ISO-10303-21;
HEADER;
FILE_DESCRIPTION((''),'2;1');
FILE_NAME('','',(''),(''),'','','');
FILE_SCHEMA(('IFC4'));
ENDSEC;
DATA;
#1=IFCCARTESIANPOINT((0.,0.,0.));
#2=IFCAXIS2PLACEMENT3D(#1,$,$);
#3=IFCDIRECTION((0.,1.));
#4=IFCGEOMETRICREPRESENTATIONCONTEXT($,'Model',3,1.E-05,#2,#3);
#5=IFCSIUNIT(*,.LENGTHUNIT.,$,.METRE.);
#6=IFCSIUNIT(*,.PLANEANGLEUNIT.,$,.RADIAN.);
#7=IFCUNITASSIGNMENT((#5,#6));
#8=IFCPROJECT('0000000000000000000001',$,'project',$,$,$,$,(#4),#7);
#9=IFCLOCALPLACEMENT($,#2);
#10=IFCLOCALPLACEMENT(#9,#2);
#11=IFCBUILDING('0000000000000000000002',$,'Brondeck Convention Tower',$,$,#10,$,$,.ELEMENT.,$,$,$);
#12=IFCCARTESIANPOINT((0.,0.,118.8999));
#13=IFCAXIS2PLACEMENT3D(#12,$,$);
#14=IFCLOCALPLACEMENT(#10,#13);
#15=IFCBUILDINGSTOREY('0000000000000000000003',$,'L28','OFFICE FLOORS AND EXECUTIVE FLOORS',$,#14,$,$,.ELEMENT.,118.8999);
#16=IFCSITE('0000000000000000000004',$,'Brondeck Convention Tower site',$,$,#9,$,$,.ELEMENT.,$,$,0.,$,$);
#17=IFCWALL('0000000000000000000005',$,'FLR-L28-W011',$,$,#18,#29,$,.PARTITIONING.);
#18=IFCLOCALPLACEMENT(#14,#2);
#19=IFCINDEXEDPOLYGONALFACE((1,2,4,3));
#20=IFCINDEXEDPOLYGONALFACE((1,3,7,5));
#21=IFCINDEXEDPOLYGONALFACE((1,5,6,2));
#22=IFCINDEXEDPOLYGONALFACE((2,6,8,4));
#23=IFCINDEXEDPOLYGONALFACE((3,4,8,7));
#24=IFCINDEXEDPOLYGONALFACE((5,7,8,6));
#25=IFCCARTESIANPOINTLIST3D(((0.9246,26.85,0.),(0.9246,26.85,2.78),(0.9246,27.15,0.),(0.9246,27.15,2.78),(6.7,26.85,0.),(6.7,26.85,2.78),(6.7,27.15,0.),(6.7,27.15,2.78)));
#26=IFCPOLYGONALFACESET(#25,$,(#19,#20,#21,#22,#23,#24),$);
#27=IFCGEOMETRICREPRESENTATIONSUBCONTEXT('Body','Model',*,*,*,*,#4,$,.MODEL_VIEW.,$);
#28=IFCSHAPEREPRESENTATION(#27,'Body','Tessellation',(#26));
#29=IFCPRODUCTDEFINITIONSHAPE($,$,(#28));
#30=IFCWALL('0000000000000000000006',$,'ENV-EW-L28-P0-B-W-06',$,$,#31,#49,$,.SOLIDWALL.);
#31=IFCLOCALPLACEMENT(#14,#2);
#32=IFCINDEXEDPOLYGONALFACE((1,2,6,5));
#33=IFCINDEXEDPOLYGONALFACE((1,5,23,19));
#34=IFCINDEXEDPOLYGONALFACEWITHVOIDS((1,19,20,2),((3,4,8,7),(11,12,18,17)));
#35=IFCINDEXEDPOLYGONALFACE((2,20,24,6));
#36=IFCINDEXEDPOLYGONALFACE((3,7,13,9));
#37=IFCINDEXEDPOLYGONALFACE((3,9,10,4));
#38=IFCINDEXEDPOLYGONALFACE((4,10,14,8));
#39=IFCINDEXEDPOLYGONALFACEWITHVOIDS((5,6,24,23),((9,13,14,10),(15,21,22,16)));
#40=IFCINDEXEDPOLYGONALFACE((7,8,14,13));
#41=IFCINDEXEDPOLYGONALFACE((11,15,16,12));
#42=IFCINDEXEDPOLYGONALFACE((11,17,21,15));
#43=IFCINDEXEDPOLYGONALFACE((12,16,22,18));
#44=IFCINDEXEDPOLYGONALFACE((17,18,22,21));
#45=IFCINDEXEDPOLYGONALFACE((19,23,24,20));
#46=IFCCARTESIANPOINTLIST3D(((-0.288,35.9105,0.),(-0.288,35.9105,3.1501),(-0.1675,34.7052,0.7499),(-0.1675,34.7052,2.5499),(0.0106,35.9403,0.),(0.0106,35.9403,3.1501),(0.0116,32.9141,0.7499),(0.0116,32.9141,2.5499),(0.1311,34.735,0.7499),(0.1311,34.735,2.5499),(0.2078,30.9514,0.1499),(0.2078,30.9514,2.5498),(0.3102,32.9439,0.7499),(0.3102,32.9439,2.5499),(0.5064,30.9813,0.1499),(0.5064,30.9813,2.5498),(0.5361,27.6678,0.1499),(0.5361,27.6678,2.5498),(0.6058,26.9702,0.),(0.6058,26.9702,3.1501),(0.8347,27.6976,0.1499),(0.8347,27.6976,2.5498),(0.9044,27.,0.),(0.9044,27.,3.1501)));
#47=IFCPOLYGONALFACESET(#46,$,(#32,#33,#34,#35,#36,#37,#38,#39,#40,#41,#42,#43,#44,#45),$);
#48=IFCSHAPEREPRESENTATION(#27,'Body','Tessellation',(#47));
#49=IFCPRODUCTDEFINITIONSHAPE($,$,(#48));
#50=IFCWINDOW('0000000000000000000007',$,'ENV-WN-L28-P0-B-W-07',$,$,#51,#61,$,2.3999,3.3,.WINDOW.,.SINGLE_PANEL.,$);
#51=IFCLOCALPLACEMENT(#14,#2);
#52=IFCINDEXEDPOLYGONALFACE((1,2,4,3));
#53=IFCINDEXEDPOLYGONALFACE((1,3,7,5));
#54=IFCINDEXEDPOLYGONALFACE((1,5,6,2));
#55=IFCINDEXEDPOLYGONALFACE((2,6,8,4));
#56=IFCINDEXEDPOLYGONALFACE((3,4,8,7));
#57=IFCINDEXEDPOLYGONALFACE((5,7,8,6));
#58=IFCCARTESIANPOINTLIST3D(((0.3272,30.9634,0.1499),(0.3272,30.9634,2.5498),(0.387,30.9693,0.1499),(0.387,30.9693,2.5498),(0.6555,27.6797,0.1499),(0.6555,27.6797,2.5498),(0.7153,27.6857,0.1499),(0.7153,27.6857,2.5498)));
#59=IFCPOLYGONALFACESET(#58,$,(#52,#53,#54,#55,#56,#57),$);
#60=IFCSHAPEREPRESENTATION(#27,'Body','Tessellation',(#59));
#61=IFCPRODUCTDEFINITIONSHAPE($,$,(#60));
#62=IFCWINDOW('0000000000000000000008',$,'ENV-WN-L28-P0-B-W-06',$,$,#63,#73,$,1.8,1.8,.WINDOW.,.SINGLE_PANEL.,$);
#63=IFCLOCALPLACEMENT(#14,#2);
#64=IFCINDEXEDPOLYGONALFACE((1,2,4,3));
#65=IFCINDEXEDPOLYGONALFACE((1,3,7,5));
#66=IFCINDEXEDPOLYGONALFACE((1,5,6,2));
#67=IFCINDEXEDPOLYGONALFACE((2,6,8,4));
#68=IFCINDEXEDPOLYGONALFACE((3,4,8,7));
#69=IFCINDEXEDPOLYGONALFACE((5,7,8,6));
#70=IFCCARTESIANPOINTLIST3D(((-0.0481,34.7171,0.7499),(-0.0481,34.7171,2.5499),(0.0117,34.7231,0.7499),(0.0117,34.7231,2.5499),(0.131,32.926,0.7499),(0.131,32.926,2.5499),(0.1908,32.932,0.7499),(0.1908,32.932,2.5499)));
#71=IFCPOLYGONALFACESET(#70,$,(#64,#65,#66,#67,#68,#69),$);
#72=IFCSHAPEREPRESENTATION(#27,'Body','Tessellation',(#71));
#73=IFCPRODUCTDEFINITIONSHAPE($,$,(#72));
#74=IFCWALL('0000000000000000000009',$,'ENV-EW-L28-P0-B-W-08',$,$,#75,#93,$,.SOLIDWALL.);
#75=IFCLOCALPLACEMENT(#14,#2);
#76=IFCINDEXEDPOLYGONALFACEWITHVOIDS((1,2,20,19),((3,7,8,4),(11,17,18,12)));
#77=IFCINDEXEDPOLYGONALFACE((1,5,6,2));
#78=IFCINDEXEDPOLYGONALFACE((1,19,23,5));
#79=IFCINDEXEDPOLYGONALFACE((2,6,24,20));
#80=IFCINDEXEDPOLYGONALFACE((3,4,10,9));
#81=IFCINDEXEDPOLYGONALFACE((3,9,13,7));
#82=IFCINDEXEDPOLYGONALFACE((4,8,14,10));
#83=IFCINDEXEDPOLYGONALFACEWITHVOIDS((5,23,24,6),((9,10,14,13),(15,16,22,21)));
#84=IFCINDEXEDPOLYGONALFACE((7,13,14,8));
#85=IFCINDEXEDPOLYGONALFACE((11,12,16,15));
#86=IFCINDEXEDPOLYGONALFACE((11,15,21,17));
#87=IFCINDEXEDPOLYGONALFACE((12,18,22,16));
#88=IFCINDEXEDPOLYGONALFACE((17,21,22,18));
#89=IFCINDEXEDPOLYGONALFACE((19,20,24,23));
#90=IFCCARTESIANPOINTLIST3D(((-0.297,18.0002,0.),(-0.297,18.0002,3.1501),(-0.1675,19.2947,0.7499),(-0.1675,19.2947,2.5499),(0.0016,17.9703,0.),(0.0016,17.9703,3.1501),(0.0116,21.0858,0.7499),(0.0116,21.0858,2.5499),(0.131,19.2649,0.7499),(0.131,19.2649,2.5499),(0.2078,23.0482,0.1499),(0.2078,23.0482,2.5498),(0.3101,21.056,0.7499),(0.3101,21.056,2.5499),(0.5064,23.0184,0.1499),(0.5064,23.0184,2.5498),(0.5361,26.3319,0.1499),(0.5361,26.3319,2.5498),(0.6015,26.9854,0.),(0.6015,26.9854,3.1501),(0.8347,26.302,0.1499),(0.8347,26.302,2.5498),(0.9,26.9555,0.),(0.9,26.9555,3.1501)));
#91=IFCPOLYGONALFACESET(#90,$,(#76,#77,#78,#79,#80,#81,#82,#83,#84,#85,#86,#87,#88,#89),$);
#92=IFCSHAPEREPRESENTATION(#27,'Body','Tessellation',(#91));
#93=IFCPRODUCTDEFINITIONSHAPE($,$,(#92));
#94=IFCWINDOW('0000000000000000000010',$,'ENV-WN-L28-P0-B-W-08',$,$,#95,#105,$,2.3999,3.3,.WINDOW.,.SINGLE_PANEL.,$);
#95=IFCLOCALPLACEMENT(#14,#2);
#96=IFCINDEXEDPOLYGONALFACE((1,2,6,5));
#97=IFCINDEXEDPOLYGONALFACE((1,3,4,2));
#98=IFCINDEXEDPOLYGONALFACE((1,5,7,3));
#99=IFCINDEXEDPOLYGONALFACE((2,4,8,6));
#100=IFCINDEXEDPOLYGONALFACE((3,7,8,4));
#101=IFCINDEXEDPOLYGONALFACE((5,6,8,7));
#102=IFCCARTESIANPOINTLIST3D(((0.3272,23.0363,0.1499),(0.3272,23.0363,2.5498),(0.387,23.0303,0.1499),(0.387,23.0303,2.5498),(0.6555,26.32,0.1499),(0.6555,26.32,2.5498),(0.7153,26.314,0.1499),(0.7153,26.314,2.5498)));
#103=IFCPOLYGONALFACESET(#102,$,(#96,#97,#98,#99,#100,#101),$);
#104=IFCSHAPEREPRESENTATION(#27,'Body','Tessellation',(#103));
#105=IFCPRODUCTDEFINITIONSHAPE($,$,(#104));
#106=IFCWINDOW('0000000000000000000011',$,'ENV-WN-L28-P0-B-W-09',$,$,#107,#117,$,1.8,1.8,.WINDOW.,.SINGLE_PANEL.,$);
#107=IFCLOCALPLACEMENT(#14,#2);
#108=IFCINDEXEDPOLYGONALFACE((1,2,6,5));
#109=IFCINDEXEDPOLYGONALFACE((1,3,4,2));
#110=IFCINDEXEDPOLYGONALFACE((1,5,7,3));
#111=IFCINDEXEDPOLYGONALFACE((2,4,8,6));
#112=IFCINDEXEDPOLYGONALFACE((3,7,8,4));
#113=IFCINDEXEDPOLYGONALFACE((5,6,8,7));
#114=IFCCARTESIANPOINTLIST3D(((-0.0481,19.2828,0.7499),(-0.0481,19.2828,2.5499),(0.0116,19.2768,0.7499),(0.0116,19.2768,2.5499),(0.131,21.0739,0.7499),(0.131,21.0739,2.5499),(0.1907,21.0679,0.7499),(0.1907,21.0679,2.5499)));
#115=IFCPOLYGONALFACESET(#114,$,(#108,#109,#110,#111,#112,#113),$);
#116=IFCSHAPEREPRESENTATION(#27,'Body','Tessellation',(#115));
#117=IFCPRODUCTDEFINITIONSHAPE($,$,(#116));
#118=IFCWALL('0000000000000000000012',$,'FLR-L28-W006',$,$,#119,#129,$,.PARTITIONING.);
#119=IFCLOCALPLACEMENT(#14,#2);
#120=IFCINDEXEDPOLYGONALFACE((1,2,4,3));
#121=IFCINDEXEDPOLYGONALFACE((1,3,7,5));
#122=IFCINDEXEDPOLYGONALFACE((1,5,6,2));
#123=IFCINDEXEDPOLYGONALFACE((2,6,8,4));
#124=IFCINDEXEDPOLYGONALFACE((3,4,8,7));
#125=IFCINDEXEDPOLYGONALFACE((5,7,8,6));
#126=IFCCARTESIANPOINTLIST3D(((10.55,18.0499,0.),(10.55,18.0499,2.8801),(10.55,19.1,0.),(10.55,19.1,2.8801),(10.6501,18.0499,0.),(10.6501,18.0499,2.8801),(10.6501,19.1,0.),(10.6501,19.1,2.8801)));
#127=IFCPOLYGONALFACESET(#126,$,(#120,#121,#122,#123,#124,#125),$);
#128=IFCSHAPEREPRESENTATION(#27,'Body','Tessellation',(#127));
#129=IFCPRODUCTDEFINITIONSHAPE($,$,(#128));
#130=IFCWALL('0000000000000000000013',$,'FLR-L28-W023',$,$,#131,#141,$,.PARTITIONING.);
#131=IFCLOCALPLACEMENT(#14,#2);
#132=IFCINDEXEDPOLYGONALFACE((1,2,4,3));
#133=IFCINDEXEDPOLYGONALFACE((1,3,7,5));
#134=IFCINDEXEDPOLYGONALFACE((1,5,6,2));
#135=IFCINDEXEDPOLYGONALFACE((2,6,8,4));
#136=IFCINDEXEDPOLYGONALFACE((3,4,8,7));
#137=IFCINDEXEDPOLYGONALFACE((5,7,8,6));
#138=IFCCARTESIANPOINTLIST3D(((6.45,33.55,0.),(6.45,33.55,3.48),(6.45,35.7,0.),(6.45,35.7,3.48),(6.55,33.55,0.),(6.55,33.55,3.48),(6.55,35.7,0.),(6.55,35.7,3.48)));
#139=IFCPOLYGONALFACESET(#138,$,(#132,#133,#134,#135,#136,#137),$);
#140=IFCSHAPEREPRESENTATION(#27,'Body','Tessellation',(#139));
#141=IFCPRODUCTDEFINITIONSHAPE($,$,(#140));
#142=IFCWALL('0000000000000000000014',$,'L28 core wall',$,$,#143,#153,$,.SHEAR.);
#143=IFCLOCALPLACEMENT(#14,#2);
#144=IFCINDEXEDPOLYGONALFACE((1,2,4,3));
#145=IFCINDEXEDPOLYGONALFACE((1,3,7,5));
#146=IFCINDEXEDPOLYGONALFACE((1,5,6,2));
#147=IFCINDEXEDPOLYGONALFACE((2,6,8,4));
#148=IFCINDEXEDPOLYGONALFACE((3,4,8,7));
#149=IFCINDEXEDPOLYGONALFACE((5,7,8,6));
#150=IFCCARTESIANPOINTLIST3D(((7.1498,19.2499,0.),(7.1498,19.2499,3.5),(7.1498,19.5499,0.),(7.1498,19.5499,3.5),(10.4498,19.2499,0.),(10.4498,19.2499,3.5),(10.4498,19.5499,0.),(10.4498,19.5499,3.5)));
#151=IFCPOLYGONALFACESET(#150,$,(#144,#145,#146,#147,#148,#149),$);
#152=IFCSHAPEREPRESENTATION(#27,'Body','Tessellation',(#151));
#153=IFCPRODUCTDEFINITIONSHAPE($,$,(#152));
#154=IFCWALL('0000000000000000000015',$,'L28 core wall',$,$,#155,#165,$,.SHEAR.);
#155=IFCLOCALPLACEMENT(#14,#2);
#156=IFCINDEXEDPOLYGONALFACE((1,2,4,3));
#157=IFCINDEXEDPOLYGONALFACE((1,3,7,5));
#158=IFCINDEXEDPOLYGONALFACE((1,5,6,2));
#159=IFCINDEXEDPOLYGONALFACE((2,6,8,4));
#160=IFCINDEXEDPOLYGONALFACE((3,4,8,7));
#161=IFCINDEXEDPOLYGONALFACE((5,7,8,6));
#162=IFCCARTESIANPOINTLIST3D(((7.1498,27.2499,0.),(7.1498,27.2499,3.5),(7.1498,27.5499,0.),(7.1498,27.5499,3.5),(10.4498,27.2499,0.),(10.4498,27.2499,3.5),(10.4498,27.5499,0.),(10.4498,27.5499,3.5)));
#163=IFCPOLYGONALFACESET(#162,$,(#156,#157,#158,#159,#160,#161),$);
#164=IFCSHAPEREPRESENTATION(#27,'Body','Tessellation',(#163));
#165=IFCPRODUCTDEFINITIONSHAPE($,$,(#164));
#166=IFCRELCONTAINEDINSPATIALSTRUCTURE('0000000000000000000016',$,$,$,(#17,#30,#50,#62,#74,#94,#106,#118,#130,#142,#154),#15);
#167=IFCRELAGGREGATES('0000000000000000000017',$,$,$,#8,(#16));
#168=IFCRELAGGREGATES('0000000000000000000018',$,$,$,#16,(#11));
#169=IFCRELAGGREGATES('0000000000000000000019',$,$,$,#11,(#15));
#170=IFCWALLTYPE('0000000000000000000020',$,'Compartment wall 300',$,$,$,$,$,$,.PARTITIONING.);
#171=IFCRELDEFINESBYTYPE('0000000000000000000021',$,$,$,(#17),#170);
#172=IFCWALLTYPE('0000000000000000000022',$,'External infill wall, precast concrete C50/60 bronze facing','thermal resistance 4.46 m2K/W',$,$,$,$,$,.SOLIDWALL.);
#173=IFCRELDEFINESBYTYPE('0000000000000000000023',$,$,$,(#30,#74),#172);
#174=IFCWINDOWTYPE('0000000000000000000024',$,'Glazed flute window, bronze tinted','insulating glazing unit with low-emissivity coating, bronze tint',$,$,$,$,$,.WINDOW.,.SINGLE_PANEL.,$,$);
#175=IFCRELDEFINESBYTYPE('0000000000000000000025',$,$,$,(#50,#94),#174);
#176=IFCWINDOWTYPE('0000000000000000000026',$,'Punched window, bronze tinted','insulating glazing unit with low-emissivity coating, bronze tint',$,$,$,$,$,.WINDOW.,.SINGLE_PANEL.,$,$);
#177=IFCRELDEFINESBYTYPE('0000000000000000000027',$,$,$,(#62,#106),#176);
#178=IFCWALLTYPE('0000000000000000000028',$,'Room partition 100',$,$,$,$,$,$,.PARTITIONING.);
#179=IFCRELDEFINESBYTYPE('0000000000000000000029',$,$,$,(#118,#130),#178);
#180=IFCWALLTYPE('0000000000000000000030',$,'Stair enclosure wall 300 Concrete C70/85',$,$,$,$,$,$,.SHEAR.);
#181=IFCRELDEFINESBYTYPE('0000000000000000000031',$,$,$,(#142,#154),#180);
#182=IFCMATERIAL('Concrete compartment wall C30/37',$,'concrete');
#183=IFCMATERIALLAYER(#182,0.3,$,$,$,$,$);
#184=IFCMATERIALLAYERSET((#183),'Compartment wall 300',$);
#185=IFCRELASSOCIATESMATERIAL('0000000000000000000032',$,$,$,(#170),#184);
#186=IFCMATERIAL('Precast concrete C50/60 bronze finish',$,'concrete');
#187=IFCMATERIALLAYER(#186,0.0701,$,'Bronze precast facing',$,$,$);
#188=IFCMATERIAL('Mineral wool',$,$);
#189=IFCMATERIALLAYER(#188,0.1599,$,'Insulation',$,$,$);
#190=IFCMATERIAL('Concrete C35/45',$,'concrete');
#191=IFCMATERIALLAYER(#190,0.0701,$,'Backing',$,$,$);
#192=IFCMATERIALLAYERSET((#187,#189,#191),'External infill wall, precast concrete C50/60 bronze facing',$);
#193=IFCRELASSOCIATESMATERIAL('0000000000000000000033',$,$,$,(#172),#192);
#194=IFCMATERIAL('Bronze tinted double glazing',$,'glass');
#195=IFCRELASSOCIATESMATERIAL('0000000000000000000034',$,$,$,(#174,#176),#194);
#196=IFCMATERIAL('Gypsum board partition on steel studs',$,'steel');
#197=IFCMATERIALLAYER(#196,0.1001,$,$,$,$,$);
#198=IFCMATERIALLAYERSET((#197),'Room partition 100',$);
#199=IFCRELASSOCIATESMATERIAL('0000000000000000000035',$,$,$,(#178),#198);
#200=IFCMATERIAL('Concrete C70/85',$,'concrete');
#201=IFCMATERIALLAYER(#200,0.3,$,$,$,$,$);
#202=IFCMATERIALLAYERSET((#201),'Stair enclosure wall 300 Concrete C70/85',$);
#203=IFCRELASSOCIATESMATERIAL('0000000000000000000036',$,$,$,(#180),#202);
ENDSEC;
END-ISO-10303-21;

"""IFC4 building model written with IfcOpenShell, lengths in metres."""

from ifc_helpers import new_model, si_unit, direction, frame, frame_2d, origin, place, context, subcontext, project, spatial, rectangle, extrude, material, layer, layer_set, type_object, element, fill, save


model = new_model("IFC4")

# Units and contexts
model_context = context("Model", 3, precision=1e-05, world=origin(), true_north=direction((0.0, 1.0)))
body_context = subcontext(model_context, "Body", "Model", "MODEL_VIEW")
ifc_project = project(units=[si_unit("LENGTHUNIT", "METRE"), si_unit("PLANEANGLEUNIT", "RADIAN")], contexts=[model_context])

# Site, building, storey
site_placement = place(None, origin())
site = spatial("IfcSite", under=ifc_project, at=site_placement, Name="Brondeck Convention Tower site", CompositionType="ELEMENT", RefElevation=0.0)
building_placement = place(site_placement, origin())
building = spatial("IfcBuilding", under=site, at=building_placement, Name="Brondeck Convention Tower", CompositionType="ELEMENT")
storey_placement = place(building_placement, frame((0.0, 0.0, 118.8999)))
storey = spatial("IfcBuildingStorey", under=building, at=storey_placement, Name="L28", Description="OFFICE FLOORS AND EXECUTIVE FLOORS", CompositionType="ELEMENT", Elevation=118.8999)

# Shared definitions
ifc_material_1 = material(Name="Concrete C70/85", Category="concrete")

# Wall
ifc_material_2 = material(Name="Concrete compartment wall C30/37", Category="concrete")
ifc_layer_1 = layer(ifc_material_2, 0.3)
ifc_layer_set_1 = layer_set([ifc_layer_1], Name="Compartment wall 300")
wall_type_1 = type_object("IfcWallType", Name="Compartment wall 300", PredefinedType="PARTITIONING", material=ifc_layer_set_1)
wall_1_placement = place(storey_placement, frame((0.9246, 27.0, 0.0), z_axis=(0.0, 0.0, 1.0), x_axis=(1.0, 0.0, 0.0)))
element("IfcWall", 1, at=wall_1_placement, inside=storey, type_object=wall_type_1, Name="FLR-L28-W011", PredefinedType="PARTITIONING", context=body_context, shape_type="SweptSolid", body=[
    extrude(rectangle(XDim=5.7754, YDim=0.3, at=frame_2d((2.8877, 0.0))), origin(), (0.0, 0.0, 1.0), 2.78),
])

# Walls, openings, windows
ifc_material_3 = material(Name="Precast concrete C50/60 bronze finish", Category="concrete")
ifc_layer_2 = layer(ifc_material_3, 0.0701, Name="Bronze precast facing")
ifc_material_4 = material(Name="Mineral wool")
ifc_layer_3 = layer(ifc_material_4, 0.1599, Name="Insulation")
ifc_material_5 = material(Name="Concrete C35/45", Category="concrete")
ifc_layer_4 = layer(ifc_material_5, 0.0701, Name="Backing")
ifc_layer_set_2 = layer_set([ifc_layer_2, ifc_layer_3, ifc_layer_4], Name="External infill wall, precast concrete C50/60 bronze facing")
wall_type_2 = type_object("IfcWallType", Name="External infill wall, precast concrete C50/60 bronze facing", Description="thermal resistance 4.46 m2K/W", PredefinedType="SOLIDWALL", material=ifc_layer_set_2)
wall_2_placement = place(storey_placement, frame((0.7551, 26.9851, 0.0), z_axis=(0.0, 0.0, 1.0), x_axis=(-0.09948, 0.99504, 0.0)))
wall_2 = element("IfcWall", 2, at=wall_2_placement, inside=storey, type_object=wall_type_2, Name="ENV-EW-L28-P0-B-W-06", PredefinedType="SOLIDWALL", context=body_context, shape_type="SweptSolid", body=[
    extrude(rectangle(XDim=8.9849, YDim=0.3, at=frame_2d((4.4924, 0.0))), origin(), (0.0, 0.0, 1.0), 3.1501),
])
opening_1_placement = place(wall_2_placement, frame((0.7012, 0.0, 0.1499)))
opening_1 = element("IfcOpeningElement", 3, at=opening_1_placement, cuts=wall_2, PredefinedType="OPENING", context=body_context, shape_type="SweptSolid", body=[
    extrude(rectangle(XDim=3.3, YDim=2.3999, at=frame_2d((1.6499, 1.2))), frame((0.0, 0.1599, 0.0), z_axis=(0.0, -1.0, 0.0), x_axis=(1.0, 0.0, 0.0)), (0.0, 0.0, 1.0), 0.3201),
])
opening_2_placement = place(wall_2_placement, frame((5.9736, 0.0, 0.75)))
opening_2 = element("IfcOpeningElement", 4, at=opening_2_placement, cuts=wall_2, PredefinedType="OPENING", context=body_context, shape_type="SweptSolid", body=[
    extrude(rectangle(XDim=1.8, YDim=1.8, at=frame_2d((0.8999, 0.8999))), frame((0.0, 0.1599, 0.0), z_axis=(0.0, -1.0, 0.0), x_axis=(1.0, 0.0, 0.0)), (0.0, 0.0, 1.0), 0.3201),
])
ifc_material_6 = material(Name="Bronze tinted double glazing", Category="glass")
window_type_1 = type_object("IfcWindowType", Name="Glazed flute window, bronze tinted", Description="insulating glazing unit with low-emissivity coating, bronze tint", PartitioningType="SINGLE_PANEL", PredefinedType="WINDOW", material=ifc_material_6)
window_1_placement = place(opening_1_placement, origin())
window_1 = element("IfcWindow", 5, at=window_1_placement, inside=storey, type_object=window_type_1, Name="ENV-WN-L28-P0-B-W-07", OverallHeight=2.3999, OverallWidth=3.3, PartitioningType="SINGLE_PANEL", PredefinedType="WINDOW", context=body_context, shape_type="SweptSolid", body=[
    extrude(rectangle(XDim=3.3, YDim=2.3999, at=frame_2d((1.6499, 1.2))), frame((0.0, 0.03, 0.0), z_axis=(0.0, -1.0, 0.0), x_axis=(1.0, 0.0, 0.0)), (0.0, 0.0, 1.0), 0.0601),
])
fill(opening_1, window_1)
window_type_2 = type_object("IfcWindowType", Name="Punched window, bronze tinted", Description="insulating glazing unit with low-emissivity coating, bronze tint", PartitioningType="SINGLE_PANEL", PredefinedType="WINDOW", material=ifc_material_6)
window_2_placement = place(opening_2_placement, origin())
window_2 = element("IfcWindow", 6, at=window_2_placement, inside=storey, type_object=window_type_2, Name="ENV-WN-L28-P0-B-W-06", OverallHeight=1.8, OverallWidth=1.8, PartitioningType="SINGLE_PANEL", PredefinedType="WINDOW", context=body_context, shape_type="SweptSolid", body=[
    extrude(rectangle(XDim=1.8, YDim=1.8, at=frame_2d((0.8999, 0.8999))), frame((0.0, 0.03, 0.0), z_axis=(0.0, -1.0, 0.0), x_axis=(1.0, 0.0, 0.0)), (0.0, 0.0, 1.0), 0.0601),
])
fill(opening_2, window_2)
wall_3_placement = place(storey_placement, frame((-0.1477, 17.9851, 0.0), z_axis=(0.0, 0.0, 1.0), x_axis=(0.099496, 0.995038, 0.0)))
wall_3 = element("IfcWall", 7, at=wall_3_placement, inside=storey, type_object=wall_type_2, Name="ENV-EW-L28-P0-B-W-08", PredefinedType="SOLIDWALL", context=body_context, shape_type="SweptSolid", body=[
    extrude(rectangle(XDim=9.03, YDim=0.3, at=frame_2d((4.5151, 0.0))), origin(), (0.0, 0.0, 1.0), 3.1501),
])
opening_3_placement = place(wall_3_placement, frame((1.3013, 0.0, 0.75)))
opening_3 = element("IfcOpeningElement", 8, at=opening_3_placement, cuts=wall_3, PredefinedType="OPENING", context=body_context, shape_type="SweptSolid", body=[
    extrude(rectangle(XDim=1.8, YDim=1.8, at=frame_2d((0.8999, 0.8999))), frame((0.0, 0.1599, 0.0), z_axis=(0.0, -1.0, 0.0), x_axis=(1.0, 0.0, 0.0)), (0.0, 0.0, 1.0), 0.3201),
])
opening_4_placement = place(wall_3_placement, frame((5.0735, 0.0, 0.1499)))
opening_4 = element("IfcOpeningElement", 9, at=opening_4_placement, cuts=wall_3, PredefinedType="OPENING", context=body_context, shape_type="SweptSolid", body=[
    extrude(rectangle(XDim=3.3, YDim=2.3999, at=frame_2d((1.6499, 1.2))), frame((0.0, 0.1599, 0.0), z_axis=(0.0, -1.0, 0.0), x_axis=(1.0, 0.0, 0.0)), (0.0, 0.0, 1.0), 0.3201),
])
window_3_placement = place(opening_4_placement, origin())
window_3 = element("IfcWindow", 10, at=window_3_placement, inside=storey, type_object=window_type_1, Name="ENV-WN-L28-P0-B-W-08", OverallHeight=2.3999, OverallWidth=3.3, PartitioningType="SINGLE_PANEL", PredefinedType="WINDOW", context=body_context, shape_type="SweptSolid", body=[
    extrude(rectangle(XDim=3.3, YDim=2.3999, at=frame_2d((1.6499, 1.2))), frame((0.0, 0.03, 0.0), z_axis=(0.0, -1.0, 0.0), x_axis=(1.0, 0.0, 0.0)), (0.0, 0.0, 1.0), 0.0601),
])
fill(opening_4, window_3)
window_4_placement = place(opening_3_placement, origin())
window_4 = element("IfcWindow", 11, at=window_4_placement, inside=storey, type_object=window_type_2, Name="ENV-WN-L28-P0-B-W-09", OverallHeight=1.8, OverallWidth=1.8, PartitioningType="SINGLE_PANEL", PredefinedType="WINDOW", context=body_context, shape_type="SweptSolid", body=[
    extrude(rectangle(XDim=1.8, YDim=1.8, at=frame_2d((0.8999, 0.8999))), frame((0.0, 0.03, 0.0), z_axis=(0.0, -1.0, 0.0), x_axis=(1.0, 0.0, 0.0)), (0.0, 0.0, 1.0), 0.0601),
])
fill(opening_3, window_4)

# Walls
ifc_material_7 = material(Name="Gypsum board partition on steel studs", Category="steel")
ifc_layer_5 = layer(ifc_material_7, 0.1001)
ifc_layer_set_3 = layer_set([ifc_layer_5], Name="Room partition 100")
wall_type_3 = type_object("IfcWallType", Name="Room partition 100", PredefinedType="PARTITIONING", material=ifc_layer_set_3)
wall_4_placement = place(storey_placement, frame((10.6001, 18.05, 0.0), z_axis=(0.0, 0.0, 1.0), x_axis=(0.0, 1.0, 0.0)))
element("IfcWall", 12, at=wall_4_placement, inside=storey, type_object=wall_type_3, Name="FLR-L28-W006", PredefinedType="PARTITIONING", context=body_context, shape_type="SweptSolid", body=[
    extrude(rectangle(XDim=1.05, YDim=0.1001, at=frame_2d((0.5249, 0.0))), origin(), (0.0, 0.0, 1.0), 2.8801),
])
wall_5_placement = place(storey_placement, frame((6.5, 33.55, 0.0), z_axis=(0.0, 0.0, 1.0), x_axis=(0.0, 1.0, 0.0)))
element("IfcWall", 13, at=wall_5_placement, inside=storey, type_object=wall_type_3, Name="FLR-L28-W023", PredefinedType="PARTITIONING", context=body_context, shape_type="SweptSolid", body=[
    extrude(rectangle(XDim=2.1499, YDim=0.1001, at=frame_2d((1.075, 0.0))), origin(), (0.0, 0.0, 1.0), 3.48),
])
ifc_layer_6 = layer(ifc_material_1, 0.3)
ifc_layer_set_4 = layer_set([ifc_layer_6], Name="Stair enclosure wall 300 Concrete C70/85")
wall_type_4 = type_object("IfcWallType", Name="Stair enclosure wall 300 Concrete C70/85", PredefinedType="SHEAR", material=ifc_layer_set_4)
for number, where, z_axis, x_axis, name in (
    (14, (7.1499, 19.3999, 0.0), (0.0, 0.0, 1.0), (1.0, 0.0, 0.0), "L28 core wall"),
    (15, (7.1499, 27.3999, 0.0), (0.0, 0.0, 1.0), (1.0, 0.0, 0.0), "L28 core wall"),
):
    element("IfcWall", number, at=place(storey_placement, frame(where, z_axis=z_axis, x_axis=x_axis)), inside=storey, type_object=wall_type_4, Name=name, PredefinedType="SHEAR", context=body_context, shape_type="SweptSolid", body=[
        extrude(rectangle(XDim=3.3, YDim=0.3, at=frame_2d((1.6499, 0.0))), origin(), (0.0, 0.0, 1.0), 3.5),
    ])

save(model, "model.ifc")
